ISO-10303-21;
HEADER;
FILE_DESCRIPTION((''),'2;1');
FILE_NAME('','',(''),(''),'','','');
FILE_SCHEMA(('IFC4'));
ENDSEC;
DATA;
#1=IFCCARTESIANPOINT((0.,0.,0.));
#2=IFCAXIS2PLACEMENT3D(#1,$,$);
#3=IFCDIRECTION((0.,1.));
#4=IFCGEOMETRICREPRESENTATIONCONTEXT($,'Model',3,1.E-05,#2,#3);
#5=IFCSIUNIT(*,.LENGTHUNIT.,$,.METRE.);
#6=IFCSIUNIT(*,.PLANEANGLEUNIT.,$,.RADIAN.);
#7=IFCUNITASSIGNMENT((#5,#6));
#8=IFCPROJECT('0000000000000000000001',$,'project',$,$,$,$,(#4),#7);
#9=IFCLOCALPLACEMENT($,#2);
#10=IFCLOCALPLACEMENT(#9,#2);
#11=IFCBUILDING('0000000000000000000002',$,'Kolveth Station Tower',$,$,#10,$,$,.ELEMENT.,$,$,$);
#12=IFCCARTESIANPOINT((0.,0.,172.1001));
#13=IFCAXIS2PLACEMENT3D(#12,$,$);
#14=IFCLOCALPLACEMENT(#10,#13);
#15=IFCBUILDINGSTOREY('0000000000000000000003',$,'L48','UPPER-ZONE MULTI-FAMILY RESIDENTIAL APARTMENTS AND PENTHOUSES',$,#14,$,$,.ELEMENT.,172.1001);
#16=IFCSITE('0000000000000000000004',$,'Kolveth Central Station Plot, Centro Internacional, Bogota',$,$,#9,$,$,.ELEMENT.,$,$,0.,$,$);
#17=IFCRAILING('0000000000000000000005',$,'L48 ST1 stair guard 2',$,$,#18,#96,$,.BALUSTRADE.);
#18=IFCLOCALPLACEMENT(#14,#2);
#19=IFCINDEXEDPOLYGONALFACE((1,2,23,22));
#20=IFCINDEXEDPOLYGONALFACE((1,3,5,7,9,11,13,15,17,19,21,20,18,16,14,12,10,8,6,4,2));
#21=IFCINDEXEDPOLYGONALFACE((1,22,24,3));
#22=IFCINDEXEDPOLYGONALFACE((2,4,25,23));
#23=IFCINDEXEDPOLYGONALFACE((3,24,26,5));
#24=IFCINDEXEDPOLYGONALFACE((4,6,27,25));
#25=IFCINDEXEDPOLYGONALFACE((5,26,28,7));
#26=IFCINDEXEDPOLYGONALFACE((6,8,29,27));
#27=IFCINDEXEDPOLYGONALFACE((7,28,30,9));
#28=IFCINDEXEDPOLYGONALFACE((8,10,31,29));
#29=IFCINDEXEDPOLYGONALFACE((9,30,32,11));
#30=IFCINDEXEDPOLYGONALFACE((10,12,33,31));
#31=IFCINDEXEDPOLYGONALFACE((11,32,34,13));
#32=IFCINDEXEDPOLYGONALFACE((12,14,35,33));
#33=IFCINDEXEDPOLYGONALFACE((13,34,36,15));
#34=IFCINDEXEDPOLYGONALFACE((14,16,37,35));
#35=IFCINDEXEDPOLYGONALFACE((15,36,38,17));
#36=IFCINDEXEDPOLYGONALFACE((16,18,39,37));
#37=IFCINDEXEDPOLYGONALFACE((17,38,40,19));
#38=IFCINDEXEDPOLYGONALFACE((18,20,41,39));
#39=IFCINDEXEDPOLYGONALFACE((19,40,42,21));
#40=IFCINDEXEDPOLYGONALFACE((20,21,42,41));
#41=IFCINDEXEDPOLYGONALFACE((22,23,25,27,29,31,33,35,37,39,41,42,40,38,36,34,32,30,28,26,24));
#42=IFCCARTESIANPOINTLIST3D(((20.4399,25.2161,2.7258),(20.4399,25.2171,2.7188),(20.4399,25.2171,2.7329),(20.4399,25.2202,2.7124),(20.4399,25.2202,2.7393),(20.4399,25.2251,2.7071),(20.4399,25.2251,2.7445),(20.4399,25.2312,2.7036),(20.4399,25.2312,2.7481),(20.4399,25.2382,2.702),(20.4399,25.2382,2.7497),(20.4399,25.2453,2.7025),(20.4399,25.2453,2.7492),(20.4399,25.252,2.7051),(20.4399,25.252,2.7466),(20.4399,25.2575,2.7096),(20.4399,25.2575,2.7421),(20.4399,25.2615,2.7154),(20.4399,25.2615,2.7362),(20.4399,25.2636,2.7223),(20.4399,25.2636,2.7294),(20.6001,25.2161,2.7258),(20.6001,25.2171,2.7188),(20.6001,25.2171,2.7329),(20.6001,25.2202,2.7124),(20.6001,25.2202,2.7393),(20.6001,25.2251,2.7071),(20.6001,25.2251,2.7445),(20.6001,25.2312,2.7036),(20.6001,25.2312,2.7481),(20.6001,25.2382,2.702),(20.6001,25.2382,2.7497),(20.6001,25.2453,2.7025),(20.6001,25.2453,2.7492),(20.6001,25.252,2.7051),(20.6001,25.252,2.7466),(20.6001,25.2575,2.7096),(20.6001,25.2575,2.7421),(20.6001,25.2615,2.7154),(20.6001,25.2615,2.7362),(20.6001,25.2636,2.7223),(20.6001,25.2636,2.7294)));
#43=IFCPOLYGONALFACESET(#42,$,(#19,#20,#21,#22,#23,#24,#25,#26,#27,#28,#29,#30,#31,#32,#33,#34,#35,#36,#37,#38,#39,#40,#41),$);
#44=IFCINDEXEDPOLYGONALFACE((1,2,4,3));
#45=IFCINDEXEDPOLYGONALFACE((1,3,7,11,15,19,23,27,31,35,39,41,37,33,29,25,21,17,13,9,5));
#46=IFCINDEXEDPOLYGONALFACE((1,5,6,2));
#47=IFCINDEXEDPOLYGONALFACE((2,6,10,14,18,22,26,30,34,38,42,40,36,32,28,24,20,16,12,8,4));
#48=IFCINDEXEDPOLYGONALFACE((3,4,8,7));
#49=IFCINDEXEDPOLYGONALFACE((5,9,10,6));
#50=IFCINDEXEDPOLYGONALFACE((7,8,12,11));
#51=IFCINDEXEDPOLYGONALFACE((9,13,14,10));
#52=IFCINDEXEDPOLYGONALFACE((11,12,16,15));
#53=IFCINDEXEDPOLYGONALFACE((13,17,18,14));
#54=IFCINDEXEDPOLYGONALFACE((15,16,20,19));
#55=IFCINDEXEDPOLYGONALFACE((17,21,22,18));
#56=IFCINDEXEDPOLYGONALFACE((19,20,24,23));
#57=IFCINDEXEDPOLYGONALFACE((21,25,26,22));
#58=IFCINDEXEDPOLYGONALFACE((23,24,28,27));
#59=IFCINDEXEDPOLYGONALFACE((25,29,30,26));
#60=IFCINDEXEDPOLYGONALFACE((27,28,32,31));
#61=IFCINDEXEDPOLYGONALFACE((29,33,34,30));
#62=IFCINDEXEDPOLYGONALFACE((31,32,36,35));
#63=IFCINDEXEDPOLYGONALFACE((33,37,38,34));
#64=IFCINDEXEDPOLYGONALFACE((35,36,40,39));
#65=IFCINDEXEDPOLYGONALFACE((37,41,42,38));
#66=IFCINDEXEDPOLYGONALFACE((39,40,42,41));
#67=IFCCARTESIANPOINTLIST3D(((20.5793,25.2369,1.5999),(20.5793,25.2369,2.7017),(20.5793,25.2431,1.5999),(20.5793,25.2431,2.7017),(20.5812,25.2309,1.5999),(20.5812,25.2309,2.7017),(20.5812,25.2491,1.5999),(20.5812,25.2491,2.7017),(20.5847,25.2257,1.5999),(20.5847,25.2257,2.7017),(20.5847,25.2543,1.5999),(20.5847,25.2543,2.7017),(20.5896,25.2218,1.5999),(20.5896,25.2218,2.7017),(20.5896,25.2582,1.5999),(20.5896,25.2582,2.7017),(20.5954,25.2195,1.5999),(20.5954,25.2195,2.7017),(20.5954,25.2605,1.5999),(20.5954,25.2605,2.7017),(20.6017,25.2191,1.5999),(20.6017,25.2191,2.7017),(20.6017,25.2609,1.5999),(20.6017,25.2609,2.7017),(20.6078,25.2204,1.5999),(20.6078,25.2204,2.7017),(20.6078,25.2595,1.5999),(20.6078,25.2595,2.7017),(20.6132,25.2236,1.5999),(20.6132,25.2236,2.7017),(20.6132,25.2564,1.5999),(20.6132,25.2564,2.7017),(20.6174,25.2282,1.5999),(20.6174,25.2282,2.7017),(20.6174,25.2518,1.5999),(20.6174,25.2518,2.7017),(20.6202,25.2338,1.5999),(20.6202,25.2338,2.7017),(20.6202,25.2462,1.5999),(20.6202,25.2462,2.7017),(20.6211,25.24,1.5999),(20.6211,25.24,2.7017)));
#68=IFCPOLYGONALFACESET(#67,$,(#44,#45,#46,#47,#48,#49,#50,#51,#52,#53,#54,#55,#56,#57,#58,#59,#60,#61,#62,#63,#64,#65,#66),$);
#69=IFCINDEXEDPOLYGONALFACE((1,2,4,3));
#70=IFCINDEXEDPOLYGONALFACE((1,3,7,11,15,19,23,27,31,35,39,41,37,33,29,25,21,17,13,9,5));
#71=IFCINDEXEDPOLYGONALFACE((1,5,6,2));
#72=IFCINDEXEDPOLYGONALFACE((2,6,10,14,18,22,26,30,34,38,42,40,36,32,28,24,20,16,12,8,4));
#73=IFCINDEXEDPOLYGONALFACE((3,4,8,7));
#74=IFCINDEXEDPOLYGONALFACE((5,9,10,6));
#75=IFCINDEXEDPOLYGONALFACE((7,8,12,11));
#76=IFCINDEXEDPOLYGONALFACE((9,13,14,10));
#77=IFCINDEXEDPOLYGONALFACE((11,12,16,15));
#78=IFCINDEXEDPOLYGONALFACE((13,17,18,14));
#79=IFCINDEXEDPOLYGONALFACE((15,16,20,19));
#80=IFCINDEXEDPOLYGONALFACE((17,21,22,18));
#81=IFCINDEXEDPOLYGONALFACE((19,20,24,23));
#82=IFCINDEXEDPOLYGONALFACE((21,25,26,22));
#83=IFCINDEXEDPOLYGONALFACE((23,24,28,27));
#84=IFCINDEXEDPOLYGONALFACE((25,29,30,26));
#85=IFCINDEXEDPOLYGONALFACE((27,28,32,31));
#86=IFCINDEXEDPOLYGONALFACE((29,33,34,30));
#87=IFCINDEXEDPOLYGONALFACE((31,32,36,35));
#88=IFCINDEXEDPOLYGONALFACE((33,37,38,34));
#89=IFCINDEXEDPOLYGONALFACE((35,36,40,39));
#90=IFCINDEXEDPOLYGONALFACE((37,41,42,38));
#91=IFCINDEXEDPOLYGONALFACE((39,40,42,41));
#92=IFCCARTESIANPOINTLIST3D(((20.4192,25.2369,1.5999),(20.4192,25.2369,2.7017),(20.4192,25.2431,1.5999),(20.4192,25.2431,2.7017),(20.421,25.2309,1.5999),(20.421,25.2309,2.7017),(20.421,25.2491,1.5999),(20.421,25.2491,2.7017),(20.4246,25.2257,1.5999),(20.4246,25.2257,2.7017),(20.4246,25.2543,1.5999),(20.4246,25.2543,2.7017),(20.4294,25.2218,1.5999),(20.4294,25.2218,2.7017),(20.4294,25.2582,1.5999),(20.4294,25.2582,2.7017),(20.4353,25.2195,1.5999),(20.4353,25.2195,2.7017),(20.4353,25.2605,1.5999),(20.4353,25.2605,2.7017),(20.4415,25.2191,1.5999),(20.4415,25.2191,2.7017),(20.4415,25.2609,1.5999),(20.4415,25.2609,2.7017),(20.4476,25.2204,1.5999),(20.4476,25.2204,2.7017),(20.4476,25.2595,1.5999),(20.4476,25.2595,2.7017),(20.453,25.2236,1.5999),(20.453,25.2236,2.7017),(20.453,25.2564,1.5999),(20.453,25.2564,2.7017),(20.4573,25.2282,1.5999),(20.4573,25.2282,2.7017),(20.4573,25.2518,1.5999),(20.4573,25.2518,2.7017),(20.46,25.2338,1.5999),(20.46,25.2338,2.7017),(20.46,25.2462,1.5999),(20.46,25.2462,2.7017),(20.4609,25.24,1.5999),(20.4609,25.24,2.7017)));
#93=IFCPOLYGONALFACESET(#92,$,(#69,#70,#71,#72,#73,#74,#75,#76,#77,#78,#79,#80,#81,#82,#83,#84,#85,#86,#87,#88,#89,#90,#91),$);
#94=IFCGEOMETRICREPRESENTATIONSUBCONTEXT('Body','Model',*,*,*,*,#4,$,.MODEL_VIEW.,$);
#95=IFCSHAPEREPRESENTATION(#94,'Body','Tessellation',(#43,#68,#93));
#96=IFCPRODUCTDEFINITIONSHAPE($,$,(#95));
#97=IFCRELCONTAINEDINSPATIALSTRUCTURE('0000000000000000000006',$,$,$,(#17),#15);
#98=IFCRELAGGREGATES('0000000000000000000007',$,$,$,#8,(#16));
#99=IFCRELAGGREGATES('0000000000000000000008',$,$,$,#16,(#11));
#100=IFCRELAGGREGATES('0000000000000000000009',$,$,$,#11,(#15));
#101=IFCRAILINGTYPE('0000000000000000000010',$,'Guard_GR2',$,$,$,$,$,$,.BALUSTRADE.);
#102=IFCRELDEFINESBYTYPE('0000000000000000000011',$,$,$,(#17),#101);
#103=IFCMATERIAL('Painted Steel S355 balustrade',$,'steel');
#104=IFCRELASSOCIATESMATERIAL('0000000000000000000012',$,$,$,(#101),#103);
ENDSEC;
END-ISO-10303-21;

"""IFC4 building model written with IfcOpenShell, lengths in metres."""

from ifc_helpers import new_model, si_unit, direction, frame, origin, origin_2d, place, context, subcontext, project, spatial, circle, extrude, material, type_object, element, save


model = new_model("IFC4")

# Units and contexts
model_context = context("Model", 3, precision=1e-05, world=origin(), true_north=direction((0.0, 1.0)))
body_context = subcontext(model_context, "Body", "Model", "MODEL_VIEW")
ifc_project = project(units=[si_unit("LENGTHUNIT", "METRE"), si_unit("PLANEANGLEUNIT", "RADIAN")], contexts=[model_context])

# Site, building, storey
site_placement = place(None, origin())
site = spatial("IfcSite", under=ifc_project, at=site_placement, Name="Kolveth Central Station Plot, Centro Internacional, Bogota", CompositionType="ELEMENT", RefElevation=0.0)
building_placement = place(site_placement, origin())
building = spatial("IfcBuilding", under=site, at=building_placement, Name="Kolveth Station Tower", CompositionType="ELEMENT")
storey_placement = place(building_placement, frame((0.0, 0.0, 172.1001)))
storey = spatial("IfcBuildingStorey", under=building, at=storey_placement, Name="L48", Description="UPPER-ZONE MULTI-FAMILY RESIDENTIAL APARTMENTS AND PENTHOUSES", CompositionType="ELEMENT", Elevation=172.1001)

# Railing
ifc_material_1 = material(Name="Painted Steel S355 balustrade", Category="steel")
railing_type_1 = type_object("IfcRailingType", Name="Guard_GR2", PredefinedType="BALUSTRADE", material=ifc_material_1)
railing_1_placement = place(storey_placement, frame((20.6001, 25.24, 1.5999)))
element("IfcRailing", 1, at=railing_1_placement, inside=storey, type_object=railing_type_1, Name="L48 ST1 stair guard 2", PredefinedType="BALUSTRADE", context=body_context, shape_type="SweptSolid", body=[
    extrude(circle(Radius=0.0239, at=origin_2d()), frame((0.0, 0.0, 1.126), z_axis=(-1.0, 0.0, 0.0), x_axis=(0.0, -1.0, 0.0)), (0.0, 0.0, 1.0), 0.1602),
    extrude(circle(Radius=0.021, at=origin_2d()), origin(), (0.0, 0.0, 1.0), 1.1018),
    extrude(circle(Radius=0.021, at=origin_2d()), frame((-0.1602, 0.0, 0.0)), (0.0, 0.0, 1.0), 1.1018),
])

save(model, "model.ifc")
